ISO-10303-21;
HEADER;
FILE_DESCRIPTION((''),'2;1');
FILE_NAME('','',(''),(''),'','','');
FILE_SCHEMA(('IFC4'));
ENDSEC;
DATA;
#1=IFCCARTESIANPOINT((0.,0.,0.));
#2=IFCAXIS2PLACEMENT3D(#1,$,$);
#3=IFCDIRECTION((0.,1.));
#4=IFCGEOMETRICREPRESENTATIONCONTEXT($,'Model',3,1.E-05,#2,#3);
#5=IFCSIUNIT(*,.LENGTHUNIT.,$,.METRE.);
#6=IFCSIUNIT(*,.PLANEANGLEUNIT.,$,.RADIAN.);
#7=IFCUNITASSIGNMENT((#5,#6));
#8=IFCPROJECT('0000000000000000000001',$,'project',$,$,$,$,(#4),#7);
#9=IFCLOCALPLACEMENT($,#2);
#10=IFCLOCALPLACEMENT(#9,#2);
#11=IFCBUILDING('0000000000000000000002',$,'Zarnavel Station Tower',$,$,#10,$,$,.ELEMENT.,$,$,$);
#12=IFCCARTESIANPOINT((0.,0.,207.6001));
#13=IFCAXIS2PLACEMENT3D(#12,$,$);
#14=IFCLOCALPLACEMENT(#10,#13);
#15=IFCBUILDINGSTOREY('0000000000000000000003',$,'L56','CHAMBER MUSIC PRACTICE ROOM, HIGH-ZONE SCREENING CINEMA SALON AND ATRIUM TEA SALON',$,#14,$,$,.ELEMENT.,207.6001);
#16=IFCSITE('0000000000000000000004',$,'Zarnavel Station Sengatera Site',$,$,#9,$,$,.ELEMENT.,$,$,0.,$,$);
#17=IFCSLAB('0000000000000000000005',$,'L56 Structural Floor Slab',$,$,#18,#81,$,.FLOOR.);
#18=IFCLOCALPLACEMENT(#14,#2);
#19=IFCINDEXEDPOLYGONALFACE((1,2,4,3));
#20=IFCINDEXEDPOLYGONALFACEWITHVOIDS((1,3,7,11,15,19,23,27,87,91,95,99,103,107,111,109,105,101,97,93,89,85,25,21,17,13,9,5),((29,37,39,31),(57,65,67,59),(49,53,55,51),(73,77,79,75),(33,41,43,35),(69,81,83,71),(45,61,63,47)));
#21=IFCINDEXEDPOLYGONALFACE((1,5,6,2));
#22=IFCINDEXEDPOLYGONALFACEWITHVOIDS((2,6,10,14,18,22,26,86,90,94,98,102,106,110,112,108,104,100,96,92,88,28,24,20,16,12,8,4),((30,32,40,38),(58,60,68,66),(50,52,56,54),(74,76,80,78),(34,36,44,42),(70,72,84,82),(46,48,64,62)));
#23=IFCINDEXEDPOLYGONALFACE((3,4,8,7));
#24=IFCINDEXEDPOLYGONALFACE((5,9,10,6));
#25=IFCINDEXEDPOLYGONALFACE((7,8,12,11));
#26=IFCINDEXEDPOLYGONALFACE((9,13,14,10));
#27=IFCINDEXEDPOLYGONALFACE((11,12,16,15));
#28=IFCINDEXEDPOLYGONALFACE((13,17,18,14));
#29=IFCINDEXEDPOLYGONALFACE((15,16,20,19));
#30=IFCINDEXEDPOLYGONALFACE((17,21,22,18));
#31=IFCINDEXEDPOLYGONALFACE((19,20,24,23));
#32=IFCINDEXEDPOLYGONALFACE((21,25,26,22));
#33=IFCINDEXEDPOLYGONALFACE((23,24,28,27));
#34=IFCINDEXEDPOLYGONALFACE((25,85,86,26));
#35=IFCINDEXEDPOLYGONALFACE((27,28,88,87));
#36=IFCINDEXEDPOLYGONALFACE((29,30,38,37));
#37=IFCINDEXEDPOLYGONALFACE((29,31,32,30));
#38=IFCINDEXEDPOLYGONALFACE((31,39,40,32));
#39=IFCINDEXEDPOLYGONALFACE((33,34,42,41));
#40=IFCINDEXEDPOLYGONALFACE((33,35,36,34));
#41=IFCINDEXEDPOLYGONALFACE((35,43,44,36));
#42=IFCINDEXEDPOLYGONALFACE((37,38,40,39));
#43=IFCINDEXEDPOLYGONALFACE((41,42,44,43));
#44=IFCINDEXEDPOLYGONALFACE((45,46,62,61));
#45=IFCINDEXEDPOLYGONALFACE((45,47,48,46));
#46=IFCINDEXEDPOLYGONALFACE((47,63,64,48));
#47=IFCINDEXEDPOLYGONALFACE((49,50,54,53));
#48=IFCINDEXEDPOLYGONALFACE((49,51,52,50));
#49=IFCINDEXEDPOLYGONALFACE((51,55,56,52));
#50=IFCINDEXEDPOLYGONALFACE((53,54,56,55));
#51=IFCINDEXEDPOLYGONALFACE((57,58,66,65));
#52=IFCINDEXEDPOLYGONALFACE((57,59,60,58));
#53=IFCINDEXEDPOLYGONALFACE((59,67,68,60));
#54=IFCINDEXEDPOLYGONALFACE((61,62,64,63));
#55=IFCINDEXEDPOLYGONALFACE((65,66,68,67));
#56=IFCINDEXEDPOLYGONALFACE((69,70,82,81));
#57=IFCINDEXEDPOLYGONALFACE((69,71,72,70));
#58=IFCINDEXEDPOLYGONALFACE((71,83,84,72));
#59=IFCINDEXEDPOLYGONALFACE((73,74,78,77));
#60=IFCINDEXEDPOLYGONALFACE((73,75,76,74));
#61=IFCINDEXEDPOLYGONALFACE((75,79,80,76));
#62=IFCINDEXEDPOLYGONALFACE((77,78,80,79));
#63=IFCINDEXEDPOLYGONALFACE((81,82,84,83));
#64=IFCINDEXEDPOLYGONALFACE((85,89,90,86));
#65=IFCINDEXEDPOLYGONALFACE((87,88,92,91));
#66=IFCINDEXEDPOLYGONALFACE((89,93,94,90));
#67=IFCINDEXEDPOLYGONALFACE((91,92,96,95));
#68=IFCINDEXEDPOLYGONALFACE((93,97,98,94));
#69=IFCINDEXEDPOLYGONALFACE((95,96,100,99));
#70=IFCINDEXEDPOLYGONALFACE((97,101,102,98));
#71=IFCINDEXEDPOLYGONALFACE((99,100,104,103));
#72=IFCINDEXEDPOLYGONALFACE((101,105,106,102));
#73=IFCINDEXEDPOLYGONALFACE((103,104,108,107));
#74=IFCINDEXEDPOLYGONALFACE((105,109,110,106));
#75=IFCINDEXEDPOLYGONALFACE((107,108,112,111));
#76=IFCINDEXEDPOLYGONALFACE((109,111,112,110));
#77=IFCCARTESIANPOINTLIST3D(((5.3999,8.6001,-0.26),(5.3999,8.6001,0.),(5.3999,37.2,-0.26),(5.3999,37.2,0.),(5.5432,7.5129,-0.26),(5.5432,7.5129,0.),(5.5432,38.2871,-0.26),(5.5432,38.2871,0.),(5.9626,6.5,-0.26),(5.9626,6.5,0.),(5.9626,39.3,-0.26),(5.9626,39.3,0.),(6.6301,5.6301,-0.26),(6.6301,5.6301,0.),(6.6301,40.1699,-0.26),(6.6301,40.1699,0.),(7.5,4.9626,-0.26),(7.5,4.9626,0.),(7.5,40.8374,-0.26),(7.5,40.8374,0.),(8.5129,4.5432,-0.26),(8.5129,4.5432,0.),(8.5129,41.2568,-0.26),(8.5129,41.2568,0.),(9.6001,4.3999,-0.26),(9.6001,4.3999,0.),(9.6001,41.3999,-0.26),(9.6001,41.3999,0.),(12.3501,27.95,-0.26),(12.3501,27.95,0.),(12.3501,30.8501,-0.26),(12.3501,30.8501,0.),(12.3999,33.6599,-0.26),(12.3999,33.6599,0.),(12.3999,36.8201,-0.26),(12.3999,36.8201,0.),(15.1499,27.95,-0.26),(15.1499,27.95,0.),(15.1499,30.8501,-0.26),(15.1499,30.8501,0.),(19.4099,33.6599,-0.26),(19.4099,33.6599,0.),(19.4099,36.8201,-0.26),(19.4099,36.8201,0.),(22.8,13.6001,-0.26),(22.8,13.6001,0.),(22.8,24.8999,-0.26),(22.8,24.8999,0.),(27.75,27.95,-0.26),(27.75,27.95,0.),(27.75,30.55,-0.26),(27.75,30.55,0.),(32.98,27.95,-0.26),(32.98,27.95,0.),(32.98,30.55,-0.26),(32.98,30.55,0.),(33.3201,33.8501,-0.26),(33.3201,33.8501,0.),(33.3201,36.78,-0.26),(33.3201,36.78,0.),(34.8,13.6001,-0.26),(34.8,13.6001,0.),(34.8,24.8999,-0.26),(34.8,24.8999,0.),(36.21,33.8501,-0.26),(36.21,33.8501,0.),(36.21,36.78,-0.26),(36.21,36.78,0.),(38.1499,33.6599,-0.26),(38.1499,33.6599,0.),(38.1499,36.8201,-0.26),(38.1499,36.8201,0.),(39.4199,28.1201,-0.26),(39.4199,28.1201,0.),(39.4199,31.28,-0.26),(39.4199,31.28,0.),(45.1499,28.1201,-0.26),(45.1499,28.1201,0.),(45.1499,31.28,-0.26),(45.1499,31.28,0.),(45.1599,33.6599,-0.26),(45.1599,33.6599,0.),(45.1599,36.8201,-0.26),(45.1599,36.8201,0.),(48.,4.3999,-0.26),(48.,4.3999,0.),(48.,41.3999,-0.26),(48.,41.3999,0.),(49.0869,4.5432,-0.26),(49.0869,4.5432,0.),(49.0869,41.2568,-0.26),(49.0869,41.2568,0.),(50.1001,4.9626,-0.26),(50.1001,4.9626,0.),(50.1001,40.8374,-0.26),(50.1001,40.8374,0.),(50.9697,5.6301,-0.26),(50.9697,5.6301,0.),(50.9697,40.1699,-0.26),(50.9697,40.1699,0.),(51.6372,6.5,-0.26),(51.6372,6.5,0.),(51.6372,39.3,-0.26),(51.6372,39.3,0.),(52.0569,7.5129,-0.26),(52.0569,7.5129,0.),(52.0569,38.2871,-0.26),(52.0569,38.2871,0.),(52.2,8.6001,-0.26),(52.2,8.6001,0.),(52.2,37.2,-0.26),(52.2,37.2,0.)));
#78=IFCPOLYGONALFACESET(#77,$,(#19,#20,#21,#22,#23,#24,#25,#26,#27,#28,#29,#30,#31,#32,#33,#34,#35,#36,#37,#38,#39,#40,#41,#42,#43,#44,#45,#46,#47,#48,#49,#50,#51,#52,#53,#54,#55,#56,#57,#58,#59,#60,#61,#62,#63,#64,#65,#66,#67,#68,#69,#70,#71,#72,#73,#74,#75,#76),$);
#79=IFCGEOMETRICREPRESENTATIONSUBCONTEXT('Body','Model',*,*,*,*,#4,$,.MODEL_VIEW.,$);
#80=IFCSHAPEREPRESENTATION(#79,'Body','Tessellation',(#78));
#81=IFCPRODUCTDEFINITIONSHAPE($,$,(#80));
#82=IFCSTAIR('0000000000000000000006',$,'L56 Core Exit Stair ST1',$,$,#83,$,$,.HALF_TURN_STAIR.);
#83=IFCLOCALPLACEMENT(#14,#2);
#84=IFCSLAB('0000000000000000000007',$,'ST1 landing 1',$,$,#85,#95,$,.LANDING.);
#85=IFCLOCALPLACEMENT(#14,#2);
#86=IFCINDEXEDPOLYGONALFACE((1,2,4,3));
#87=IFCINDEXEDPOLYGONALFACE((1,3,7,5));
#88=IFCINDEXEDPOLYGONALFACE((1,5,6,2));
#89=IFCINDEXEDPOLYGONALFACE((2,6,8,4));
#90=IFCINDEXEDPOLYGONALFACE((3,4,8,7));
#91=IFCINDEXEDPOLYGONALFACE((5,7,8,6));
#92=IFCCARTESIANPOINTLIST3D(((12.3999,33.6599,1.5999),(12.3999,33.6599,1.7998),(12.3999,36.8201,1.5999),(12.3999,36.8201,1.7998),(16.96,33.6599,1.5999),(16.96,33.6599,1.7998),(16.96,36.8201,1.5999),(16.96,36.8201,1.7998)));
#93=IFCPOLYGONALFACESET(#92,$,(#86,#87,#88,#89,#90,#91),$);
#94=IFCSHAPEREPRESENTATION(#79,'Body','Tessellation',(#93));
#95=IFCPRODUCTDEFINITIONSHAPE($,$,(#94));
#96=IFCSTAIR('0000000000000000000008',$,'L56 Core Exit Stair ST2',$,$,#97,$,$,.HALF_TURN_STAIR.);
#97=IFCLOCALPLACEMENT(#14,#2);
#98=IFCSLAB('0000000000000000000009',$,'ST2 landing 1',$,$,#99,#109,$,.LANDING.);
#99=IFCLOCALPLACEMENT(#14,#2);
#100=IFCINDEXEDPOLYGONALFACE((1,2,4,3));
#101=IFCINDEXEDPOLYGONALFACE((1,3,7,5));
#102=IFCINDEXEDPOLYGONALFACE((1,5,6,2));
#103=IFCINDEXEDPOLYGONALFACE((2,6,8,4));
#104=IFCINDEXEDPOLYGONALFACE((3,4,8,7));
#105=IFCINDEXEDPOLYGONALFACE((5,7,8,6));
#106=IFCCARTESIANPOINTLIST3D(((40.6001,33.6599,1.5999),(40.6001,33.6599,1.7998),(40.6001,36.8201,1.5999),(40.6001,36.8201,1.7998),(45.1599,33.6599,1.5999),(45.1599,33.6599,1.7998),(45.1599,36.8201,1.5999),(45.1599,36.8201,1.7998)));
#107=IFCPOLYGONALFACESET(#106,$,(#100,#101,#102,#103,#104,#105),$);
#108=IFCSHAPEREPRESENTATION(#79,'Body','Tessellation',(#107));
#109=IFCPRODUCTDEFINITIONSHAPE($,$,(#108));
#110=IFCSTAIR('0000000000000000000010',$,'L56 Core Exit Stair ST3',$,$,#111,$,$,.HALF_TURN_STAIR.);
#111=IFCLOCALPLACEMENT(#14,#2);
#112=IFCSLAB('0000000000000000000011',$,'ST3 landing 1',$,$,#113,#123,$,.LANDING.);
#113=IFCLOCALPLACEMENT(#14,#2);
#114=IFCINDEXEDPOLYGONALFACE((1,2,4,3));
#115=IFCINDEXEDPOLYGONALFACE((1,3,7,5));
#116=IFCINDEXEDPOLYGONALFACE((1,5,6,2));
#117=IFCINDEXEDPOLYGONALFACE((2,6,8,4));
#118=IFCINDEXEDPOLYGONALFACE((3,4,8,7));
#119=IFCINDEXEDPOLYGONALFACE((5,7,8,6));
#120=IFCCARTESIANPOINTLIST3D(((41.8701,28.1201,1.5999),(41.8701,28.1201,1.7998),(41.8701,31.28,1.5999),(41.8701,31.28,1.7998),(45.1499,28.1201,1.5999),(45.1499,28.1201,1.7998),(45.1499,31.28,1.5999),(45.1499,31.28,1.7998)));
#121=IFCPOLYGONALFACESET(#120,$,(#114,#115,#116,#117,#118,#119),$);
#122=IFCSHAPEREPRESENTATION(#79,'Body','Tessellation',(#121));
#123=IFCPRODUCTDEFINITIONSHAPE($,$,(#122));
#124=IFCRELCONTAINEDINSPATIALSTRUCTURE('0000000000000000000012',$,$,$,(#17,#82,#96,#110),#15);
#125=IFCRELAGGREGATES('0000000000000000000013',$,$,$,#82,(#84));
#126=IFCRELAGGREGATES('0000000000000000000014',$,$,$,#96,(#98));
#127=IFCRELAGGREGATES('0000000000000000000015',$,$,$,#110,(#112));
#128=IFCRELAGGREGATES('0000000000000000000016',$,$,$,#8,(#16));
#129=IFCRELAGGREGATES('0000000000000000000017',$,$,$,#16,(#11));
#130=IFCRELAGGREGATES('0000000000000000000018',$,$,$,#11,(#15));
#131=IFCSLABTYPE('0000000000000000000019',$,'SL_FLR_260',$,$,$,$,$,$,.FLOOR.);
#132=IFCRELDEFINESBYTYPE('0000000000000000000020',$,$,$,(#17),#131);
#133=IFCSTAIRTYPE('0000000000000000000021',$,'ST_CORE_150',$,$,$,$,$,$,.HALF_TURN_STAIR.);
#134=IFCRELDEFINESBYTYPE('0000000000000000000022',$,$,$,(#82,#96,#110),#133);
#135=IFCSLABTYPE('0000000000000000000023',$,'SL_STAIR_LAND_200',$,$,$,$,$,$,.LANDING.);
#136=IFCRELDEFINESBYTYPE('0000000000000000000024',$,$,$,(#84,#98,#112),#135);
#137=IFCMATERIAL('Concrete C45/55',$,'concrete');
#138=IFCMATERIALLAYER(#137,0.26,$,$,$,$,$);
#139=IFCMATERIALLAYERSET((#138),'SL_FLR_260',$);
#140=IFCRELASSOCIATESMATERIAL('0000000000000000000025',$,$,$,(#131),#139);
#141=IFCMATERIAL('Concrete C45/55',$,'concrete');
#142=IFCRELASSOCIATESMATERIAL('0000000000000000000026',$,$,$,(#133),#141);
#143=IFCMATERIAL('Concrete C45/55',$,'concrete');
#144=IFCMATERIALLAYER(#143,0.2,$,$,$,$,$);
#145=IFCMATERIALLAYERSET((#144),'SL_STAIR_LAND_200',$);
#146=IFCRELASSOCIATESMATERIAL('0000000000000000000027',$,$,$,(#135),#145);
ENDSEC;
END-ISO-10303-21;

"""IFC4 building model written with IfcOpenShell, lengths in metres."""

from ifc_helpers import new_model, si_unit, direction, frame, origin, place, context, subcontext, project, spatial, polyline, outline, extrude, material, layer, layer_set, type_object, element, aggregate, save


model = new_model("IFC4")

# Units and contexts
model_context = context("Model", 3, precision=1e-05, world=origin(), true_north=direction((0.0, 1.0)))
body_context = subcontext(model_context, "Body", "Model", "MODEL_VIEW")
ifc_project = project(units=[si_unit("LENGTHUNIT", "METRE"), si_unit("PLANEANGLEUNIT", "RADIAN")], contexts=[model_context])

# Site, building, storey
site_placement = place(None, origin())
site = spatial("IfcSite", under=ifc_project, at=site_placement, Name="Zarnavel Station Sengatera Site", CompositionType="ELEMENT", RefElevation=0.0)
building_placement = place(site_placement, origin())
building = spatial("IfcBuilding", under=site, at=building_placement, Name="Zarnavel Station Tower", CompositionType="ELEMENT")
storey_placement = place(building_placement, frame((0.0, 0.0, 207.6001)))
storey = spatial("IfcBuildingStorey", under=building, at=storey_placement, Name="L56", Description="CHAMBER MUSIC PRACTICE ROOM, HIGH-ZONE SCREENING CINEMA SALON AND ATRIUM TEA SALON", CompositionType="ELEMENT", Elevation=207.6001)

# Slab
ifc_material_1 = material(Name="Concrete C45/55", Category="concrete")
ifc_layer_1 = layer(ifc_material_1, 0.26)
ifc_layer_set_1 = layer_set([ifc_layer_1], Name="SL_FLR_260")
slab_type_1 = type_object("IfcSlabType", Name="SL_FLR_260", PredefinedType="FLOOR", material=ifc_layer_set_1)
slab_1_placement = place(storey_placement, frame((0.0, 0.0, -0.26)))
element("IfcSlab", 1, at=slab_1_placement, inside=storey, type_object=slab_type_1, Name="L56 Structural Floor Slab", PredefinedType="FLOOR", context=body_context, shape_type="SweptSolid", body=[
    extrude(outline(polyline([(48.0, 4.3999), (49.0869, 4.5432), (50.1001, 4.9626), (50.9697, 5.6301), (51.6372, 6.5), (52.0569, 7.5129), (52.2, 8.6001), (52.2, 37.2), (52.0569, 38.2871), (51.6372, 39.3), (50.9697, 40.1699), (50.1001, 40.8374), (49.0869, 41.2568), (48.0, 41.3999), (9.6001, 41.3999), (8.5129, 41.2568), (7.5, 40.8374), (6.6301, 40.1699), (5.9626, 39.3), (5.5432, 38.2871), (5.3999, 37.2), (5.3999, 8.6001), (5.5432, 7.5129), (5.9626, 6.5), (6.6301, 5.6301), (7.5, 4.9626), (8.5129, 4.5432), (9.6001, 4.3999), (48.0, 4.3999)]), holes=[polyline([(12.3999, 33.6599), (19.4099, 33.6599), (19.4099, 36.8201), (12.3999, 36.8201), (12.3999, 33.6599)]), polyline([(38.1499, 33.6599), (45.1599, 33.6599), (45.1599, 36.8201), (38.1499, 36.8201), (38.1499, 33.6599)]), polyline([(39.4199, 28.1201), (45.1499, 28.1201), (45.1499, 31.28), (39.4199, 31.28), (39.4199, 28.1201)]), polyline([(12.3501, 27.95), (15.1499, 27.95), (15.1499, 30.8501), (12.3501, 30.8501), (12.3501, 27.95)]), polyline([(33.3201, 33.8501), (36.21, 33.8501), (36.21, 36.78), (33.3201, 36.78), (33.3201, 33.8501)]), polyline([(27.75, 27.95), (32.98, 27.95), (32.98, 30.55), (27.75, 30.55), (27.75, 27.95)]), polyline([(22.8, 13.6001), (34.8, 13.6001), (34.8, 24.8999), (22.8, 24.8999), (22.8, 13.6001)])]), origin(), (0.0, 0.0, 1.0), 0.26),
])

# Stairs, slabs
ifc_material_2 = material(Name="Concrete C45/55", Category="concrete")
stair_type = type_object("IfcStairType", Name="ST_CORE_150", PredefinedType="HALF_TURN_STAIR", material=ifc_material_2)
stair_1_placement = place(storey_placement, origin())
stair_1 = element("IfcStair", 2, at=stair_1_placement, inside=storey, type_object=stair_type, Name="L56 Core Exit Stair ST1", PredefinedType="HALF_TURN_STAIR")
ifc_material_3 = material(Name="Concrete C45/55", Category="concrete")
ifc_layer_2 = layer(ifc_material_3, 0.2)
ifc_layer_set_2 = layer_set([ifc_layer_2], Name="SL_STAIR_LAND_200")
slab_type_2 = type_object("IfcSlabType", Name="SL_STAIR_LAND_200", PredefinedType="LANDING", material=ifc_layer_set_2)
slab_2_placement = place(storey_placement, frame((0.0, 0.0, 1.5999)))
slab_2 = element("IfcSlab", 3, at=slab_2_placement, type_object=slab_type_2, Name="ST1 landing 1", PredefinedType="LANDING", context=body_context, shape_type="SweptSolid", body=[
    extrude(outline(polyline([(16.96, 36.8201), (12.3999, 36.8201), (12.3999, 33.6599), (16.96, 33.6599), (16.96, 36.8201)])), origin(), (0.0, 0.0, 1.0), 0.2),
])
aggregate(stair_1, [slab_2])
stair_2_placement = place(storey_placement, origin())
stair_2 = element("IfcStair", 4, at=stair_2_placement, inside=storey, type_object=stair_type, Name="L56 Core Exit Stair ST2", PredefinedType="HALF_TURN_STAIR")
slab_3_placement = place(storey_placement, frame((0.0, 0.0, 1.5999)))
slab_3 = element("IfcSlab", 5, at=slab_3_placement, type_object=slab_type_2, Name="ST2 landing 1", PredefinedType="LANDING", context=body_context, shape_type="SweptSolid", body=[
    extrude(outline(polyline([(40.6001, 33.6599), (45.1599, 33.6599), (45.1599, 36.8201), (40.6001, 36.8201), (40.6001, 33.6599)])), origin(), (0.0, 0.0, 1.0), 0.2),
])
aggregate(stair_2, [slab_3])
stair_3_placement = place(storey_placement, origin())
stair_3 = element("IfcStair", 6, at=stair_3_placement, inside=storey, type_object=stair_type, Name="L56 Core Exit Stair ST3", PredefinedType="HALF_TURN_STAIR")
slab_4_placement = place(storey_placement, frame((0.0, 0.0, 1.5999)))
slab_4 = element("IfcSlab", 7, at=slab_4_placement, type_object=slab_type_2, Name="ST3 landing 1", PredefinedType="LANDING", context=body_context, shape_type="SweptSolid", body=[
    extrude(outline(polyline([(41.8701, 28.1201), (45.1499, 28.1201), (45.1499, 31.28), (41.8701, 31.28), (41.8701, 28.1201)])), origin(), (0.0, 0.0, 1.0), 0.2),
])
aggregate(stair_3, [slab_4])

save(model, "model.ifc")
